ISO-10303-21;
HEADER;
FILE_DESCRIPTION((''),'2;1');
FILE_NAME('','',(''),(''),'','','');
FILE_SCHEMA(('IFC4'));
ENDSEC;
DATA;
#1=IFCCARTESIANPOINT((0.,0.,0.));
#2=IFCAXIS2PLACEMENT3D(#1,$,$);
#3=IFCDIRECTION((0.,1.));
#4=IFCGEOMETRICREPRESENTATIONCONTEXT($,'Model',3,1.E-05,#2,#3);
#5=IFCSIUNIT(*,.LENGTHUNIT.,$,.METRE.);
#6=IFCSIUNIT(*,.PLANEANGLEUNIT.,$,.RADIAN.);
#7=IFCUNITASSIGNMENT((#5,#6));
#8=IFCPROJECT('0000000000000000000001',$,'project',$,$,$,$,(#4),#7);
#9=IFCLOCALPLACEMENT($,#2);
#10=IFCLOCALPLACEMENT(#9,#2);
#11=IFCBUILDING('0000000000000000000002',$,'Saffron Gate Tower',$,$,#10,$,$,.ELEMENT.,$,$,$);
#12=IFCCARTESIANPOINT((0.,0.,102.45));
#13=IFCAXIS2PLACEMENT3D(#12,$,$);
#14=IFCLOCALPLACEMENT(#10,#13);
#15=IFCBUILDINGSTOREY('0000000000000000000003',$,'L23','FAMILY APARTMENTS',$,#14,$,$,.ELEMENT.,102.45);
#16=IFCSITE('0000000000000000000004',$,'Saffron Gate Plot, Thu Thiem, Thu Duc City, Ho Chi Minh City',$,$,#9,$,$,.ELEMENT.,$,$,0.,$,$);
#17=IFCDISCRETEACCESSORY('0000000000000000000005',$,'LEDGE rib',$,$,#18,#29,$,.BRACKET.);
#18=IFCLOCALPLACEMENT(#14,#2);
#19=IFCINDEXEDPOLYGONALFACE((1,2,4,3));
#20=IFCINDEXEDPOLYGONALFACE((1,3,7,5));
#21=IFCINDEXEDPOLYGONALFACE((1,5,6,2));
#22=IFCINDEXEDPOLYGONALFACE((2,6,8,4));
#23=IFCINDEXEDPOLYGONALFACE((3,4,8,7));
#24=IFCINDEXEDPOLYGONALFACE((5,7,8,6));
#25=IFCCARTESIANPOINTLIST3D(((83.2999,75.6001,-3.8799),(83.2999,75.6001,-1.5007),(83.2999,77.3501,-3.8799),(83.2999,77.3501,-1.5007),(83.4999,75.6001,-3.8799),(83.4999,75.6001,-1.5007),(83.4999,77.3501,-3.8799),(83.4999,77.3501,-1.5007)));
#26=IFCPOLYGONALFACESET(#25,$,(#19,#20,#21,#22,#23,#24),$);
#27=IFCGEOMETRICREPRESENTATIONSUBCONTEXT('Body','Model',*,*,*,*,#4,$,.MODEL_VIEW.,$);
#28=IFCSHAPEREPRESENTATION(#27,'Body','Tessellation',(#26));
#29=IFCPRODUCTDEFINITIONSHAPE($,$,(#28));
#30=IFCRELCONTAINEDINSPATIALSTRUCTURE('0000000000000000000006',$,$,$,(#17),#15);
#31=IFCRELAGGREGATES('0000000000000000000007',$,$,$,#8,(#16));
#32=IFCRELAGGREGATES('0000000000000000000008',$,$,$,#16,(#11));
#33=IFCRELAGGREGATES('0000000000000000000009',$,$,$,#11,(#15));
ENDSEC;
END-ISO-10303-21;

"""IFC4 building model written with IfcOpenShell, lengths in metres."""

from ifc_helpers import new_model, si_unit, direction, frame, origin, origin_2d, place, context, subcontext, project, spatial, rectangle, extrude, element, save


model = new_model("IFC4")

# Units and contexts
model_context = context("Model", 3, precision=1e-05, world=origin(), true_north=direction((0.0, 1.0)))
body_context = subcontext(model_context, "Body", "Model", "MODEL_VIEW")
ifc_project = project(units=[si_unit("LENGTHUNIT", "METRE"), si_unit("PLANEANGLEUNIT", "RADIAN")], contexts=[model_context])

# Site, building, storey
site_placement = place(None, origin())
site = spatial("IfcSite", under=ifc_project, at=site_placement, Name="Saffron Gate Plot, Thu Thiem, Thu Duc City, Ho Chi Minh City", CompositionType="ELEMENT", RefElevation=0.0)
building_placement = place(site_placement, origin())
building = spatial("IfcBuilding", under=site, at=building_placement, Name="Saffron Gate Tower", CompositionType="ELEMENT")
storey_placement = place(building_placement, frame((0.0, 0.0, 102.45)))
storey = spatial("IfcBuildingStorey", under=building, at=storey_placement, Name="L23", Description="FAMILY APARTMENTS", CompositionType="ELEMENT", Elevation=102.45)

# Discrete accessory
discrete_accessory_placement = place(storey_placement, frame((83.3999, 76.4751, -3.8799), z_axis=(0.0, 0.0, 1.0), x_axis=(-1.0, 0.0, 0.0)))
element("IfcDiscreteAccessory", 1, at=discrete_accessory_placement, inside=storey, Name="LEDGE rib", PredefinedType="BRACKET", context=body_context, shape_type="SweptSolid", body=[
    extrude(rectangle(XDim=0.2, YDim=1.75, at=origin_2d()), origin(), (0.0, 0.0, 1.0), 2.3792),
])

save(model, "model.ifc")
